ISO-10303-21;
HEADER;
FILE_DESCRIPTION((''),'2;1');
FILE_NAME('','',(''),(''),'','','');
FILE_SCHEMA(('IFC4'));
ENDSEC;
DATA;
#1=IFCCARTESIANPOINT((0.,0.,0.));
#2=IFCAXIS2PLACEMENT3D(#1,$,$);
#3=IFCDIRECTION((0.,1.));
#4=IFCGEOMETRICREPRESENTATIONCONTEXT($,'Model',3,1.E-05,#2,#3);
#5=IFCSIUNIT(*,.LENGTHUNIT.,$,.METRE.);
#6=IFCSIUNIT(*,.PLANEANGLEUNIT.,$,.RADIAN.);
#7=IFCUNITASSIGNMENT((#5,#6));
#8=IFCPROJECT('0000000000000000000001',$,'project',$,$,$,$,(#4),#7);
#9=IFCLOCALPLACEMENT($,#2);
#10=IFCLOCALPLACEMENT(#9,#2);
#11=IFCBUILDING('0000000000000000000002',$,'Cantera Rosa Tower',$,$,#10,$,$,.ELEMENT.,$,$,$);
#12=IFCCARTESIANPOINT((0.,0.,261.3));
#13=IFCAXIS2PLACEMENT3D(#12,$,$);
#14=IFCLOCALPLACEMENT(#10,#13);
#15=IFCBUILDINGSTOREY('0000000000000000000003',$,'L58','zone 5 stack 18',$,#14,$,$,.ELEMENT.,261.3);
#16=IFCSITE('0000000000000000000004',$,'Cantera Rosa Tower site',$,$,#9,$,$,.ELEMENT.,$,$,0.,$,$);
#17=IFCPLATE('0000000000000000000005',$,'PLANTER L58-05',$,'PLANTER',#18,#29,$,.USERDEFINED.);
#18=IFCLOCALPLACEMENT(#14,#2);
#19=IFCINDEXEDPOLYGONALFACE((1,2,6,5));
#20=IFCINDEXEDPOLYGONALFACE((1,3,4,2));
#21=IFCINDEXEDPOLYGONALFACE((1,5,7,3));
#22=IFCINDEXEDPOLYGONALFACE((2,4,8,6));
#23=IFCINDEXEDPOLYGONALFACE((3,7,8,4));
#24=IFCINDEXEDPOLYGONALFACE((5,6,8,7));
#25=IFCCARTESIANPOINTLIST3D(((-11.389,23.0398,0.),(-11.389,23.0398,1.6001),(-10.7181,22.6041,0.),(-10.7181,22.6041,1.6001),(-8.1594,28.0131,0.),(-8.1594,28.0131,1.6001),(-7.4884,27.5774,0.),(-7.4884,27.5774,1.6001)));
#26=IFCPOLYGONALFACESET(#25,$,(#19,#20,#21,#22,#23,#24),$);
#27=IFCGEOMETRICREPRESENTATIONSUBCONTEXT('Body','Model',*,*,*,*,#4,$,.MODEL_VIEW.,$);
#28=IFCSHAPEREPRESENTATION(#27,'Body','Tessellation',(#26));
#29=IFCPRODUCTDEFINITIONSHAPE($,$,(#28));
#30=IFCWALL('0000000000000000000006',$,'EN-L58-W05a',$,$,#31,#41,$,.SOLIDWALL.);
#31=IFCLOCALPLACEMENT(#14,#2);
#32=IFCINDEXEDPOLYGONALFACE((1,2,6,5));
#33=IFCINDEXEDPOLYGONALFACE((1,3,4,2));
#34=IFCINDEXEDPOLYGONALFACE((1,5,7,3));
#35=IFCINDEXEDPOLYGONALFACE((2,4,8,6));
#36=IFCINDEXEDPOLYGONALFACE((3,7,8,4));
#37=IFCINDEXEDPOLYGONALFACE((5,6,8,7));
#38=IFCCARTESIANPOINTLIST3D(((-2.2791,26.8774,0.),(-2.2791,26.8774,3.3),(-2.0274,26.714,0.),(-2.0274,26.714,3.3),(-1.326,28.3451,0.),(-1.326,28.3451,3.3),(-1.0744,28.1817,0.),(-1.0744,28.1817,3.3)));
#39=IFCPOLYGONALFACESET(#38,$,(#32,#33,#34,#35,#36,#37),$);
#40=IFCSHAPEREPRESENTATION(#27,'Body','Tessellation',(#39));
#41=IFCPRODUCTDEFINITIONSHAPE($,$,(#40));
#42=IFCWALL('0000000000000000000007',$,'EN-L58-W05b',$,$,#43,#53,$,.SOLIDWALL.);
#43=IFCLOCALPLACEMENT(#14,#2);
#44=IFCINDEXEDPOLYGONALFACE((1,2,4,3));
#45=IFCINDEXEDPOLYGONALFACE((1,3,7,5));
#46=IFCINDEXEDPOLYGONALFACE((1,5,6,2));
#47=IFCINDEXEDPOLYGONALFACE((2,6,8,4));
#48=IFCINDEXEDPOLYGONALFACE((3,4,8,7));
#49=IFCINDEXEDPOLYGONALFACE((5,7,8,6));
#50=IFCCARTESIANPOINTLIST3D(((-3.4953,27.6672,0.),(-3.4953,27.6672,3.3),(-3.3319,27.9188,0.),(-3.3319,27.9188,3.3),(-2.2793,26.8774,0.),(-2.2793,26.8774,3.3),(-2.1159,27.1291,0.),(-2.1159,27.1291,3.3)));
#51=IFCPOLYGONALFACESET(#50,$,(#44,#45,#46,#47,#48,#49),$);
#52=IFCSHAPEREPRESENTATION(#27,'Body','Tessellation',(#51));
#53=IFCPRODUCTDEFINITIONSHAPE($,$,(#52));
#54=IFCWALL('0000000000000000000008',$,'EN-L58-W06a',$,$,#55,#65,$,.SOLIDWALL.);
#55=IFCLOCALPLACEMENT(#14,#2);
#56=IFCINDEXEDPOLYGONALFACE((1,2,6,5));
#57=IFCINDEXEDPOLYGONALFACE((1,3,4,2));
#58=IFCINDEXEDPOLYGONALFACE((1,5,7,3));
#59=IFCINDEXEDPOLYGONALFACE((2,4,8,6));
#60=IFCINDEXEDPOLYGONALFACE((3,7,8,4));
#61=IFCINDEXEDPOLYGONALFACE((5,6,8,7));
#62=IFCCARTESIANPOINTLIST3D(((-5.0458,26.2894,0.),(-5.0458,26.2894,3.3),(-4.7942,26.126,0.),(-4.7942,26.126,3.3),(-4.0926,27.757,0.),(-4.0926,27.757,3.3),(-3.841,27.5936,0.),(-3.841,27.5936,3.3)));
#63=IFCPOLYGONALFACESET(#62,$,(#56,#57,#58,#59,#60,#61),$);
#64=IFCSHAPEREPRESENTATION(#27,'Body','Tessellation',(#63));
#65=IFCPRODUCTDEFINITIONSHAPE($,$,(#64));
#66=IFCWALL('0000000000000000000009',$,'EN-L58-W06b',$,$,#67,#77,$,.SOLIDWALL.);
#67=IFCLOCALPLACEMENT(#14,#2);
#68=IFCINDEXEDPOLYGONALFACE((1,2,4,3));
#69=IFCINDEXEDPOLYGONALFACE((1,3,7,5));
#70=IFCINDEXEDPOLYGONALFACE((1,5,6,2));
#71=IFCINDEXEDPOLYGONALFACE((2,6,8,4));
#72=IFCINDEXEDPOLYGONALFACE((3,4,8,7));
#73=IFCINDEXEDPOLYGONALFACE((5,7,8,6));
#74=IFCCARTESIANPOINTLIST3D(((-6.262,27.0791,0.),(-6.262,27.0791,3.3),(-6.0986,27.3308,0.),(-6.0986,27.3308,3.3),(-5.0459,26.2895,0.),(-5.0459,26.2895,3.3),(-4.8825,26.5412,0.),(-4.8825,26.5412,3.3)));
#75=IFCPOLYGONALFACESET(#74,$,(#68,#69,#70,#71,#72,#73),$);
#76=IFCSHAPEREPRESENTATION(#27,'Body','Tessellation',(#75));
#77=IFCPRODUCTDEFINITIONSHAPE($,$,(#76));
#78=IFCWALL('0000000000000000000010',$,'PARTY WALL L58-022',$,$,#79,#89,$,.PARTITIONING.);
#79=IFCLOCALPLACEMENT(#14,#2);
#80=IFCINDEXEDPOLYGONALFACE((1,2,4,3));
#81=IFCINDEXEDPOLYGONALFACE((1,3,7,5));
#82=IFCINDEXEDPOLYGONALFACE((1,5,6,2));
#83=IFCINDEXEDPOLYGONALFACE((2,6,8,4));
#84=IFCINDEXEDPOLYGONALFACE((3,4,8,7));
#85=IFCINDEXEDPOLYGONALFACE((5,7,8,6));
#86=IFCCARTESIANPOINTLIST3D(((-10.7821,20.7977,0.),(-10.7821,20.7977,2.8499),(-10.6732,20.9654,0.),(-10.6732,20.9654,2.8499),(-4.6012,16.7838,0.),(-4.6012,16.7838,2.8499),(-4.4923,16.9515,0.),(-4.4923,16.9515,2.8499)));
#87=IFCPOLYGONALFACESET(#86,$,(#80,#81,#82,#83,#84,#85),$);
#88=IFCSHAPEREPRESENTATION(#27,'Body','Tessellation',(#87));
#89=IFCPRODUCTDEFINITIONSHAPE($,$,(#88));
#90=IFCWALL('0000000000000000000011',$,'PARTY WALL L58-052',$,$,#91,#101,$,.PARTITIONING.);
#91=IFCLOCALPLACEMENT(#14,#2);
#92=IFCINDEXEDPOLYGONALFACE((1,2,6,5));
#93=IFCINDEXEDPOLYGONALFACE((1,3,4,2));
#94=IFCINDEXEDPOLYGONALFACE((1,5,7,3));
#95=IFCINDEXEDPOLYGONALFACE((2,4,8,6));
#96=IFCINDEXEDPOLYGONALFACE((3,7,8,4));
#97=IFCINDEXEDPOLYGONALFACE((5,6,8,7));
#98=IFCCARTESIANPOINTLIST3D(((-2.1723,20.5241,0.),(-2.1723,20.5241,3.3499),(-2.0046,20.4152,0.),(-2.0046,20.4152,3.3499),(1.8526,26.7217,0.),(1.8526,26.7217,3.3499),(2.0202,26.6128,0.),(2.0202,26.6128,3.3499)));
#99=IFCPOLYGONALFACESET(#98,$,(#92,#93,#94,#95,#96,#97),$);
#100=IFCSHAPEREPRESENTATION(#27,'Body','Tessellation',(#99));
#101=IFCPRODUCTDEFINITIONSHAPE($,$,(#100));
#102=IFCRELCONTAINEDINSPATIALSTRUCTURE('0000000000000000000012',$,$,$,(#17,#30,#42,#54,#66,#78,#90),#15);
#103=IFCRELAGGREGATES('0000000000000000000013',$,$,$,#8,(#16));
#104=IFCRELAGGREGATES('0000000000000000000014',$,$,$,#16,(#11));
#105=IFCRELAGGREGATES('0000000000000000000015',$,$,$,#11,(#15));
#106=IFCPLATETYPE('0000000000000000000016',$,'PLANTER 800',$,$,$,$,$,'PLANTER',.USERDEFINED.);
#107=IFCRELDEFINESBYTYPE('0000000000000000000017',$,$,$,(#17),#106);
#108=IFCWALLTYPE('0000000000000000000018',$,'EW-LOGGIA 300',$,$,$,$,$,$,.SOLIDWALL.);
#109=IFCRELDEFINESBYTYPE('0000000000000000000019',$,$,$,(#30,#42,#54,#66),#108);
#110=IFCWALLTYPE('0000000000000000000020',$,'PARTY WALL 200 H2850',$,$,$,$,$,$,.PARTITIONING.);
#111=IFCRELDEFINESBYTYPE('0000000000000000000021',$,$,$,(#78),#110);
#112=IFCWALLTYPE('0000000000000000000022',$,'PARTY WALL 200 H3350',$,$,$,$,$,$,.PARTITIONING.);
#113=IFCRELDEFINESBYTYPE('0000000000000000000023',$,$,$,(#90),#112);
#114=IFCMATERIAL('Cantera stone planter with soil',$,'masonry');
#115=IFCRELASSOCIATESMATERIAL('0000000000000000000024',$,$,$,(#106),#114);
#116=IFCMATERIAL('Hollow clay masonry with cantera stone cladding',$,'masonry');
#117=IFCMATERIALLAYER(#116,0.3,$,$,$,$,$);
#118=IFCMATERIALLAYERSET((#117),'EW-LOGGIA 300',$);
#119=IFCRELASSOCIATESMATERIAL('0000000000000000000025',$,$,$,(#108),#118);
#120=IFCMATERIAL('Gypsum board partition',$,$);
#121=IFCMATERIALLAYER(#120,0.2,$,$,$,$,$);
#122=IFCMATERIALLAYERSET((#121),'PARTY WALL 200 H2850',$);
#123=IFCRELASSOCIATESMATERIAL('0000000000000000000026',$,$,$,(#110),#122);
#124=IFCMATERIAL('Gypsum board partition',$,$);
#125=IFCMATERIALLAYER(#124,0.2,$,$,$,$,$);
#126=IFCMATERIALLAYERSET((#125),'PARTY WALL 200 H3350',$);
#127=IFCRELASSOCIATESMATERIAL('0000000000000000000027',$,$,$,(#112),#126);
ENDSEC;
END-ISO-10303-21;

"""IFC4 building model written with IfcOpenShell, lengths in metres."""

from ifc_helpers import new_model, si_unit, direction, frame, frame_2d, origin, origin_2d, place, context, subcontext, project, spatial, rectangle, extrude, material, layer, layer_set, type_object, element, save


model = new_model("IFC4")

# Units and contexts
model_context = context("Model", 3, precision=1e-05, world=origin(), true_north=direction((0.0, 1.0)))
body_context = subcontext(model_context, "Body", "Model", "MODEL_VIEW")
ifc_project = project(units=[si_unit("LENGTHUNIT", "METRE"), si_unit("PLANEANGLEUNIT", "RADIAN")], contexts=[model_context])

# Site, building, storey
site_placement = place(None, origin())
site = spatial("IfcSite", under=ifc_project, at=site_placement, Name="Cantera Rosa Tower site", CompositionType="ELEMENT", RefElevation=0.0)
building_placement = place(site_placement, origin())
building = spatial("IfcBuilding", under=site, at=building_placement, Name="Cantera Rosa Tower", CompositionType="ELEMENT")
storey_placement = place(building_placement, frame((0.0, 0.0, 261.3)))
storey = spatial("IfcBuildingStorey", under=building, at=storey_placement, Name="L58", Description="zone 5 stack 18", CompositionType="ELEMENT", Elevation=261.3)

# Plate
ifc_material_1 = material(Name="Cantera stone planter with soil", Category="masonry")
plate_type = type_object("IfcPlateType", Name="PLANTER 800", ElementType="PLANTER", PredefinedType="USERDEFINED", material=ifc_material_1)
plate_placement = place(storey_placement, frame((-9.4387, 25.3086, 0.0), z_axis=(0.0, 0.0, 1.0), x_axis=(-0.544639, -0.838671, 0.0)))
element("IfcPlate", 1, at=plate_placement, inside=storey, type_object=plate_type, Name="PLANTER L58-05", ObjectType="PLANTER", PredefinedType="USERDEFINED", context=body_context, shape_type="SweptSolid", body=[
    extrude(rectangle(XDim=5.9299, YDim=0.8, at=origin_2d()), origin(), (0.0, 0.0, 1.0), 1.6001),
])

# Walls
ifc_material_2 = material(Name="Hollow clay masonry with cantera stone cladding", Category="masonry")
ifc_layer_1 = layer(ifc_material_2, 0.3)
ifc_layer_set_1 = layer_set([ifc_layer_1], Name="EW-LOGGIA 300")
wall_type_1 = type_object("IfcWallType", Name="EW-LOGGIA 300", PredefinedType="SOLIDWALL", material=ifc_layer_set_1)
wall_1_placement = place(storey_placement, frame((-1.2002, 28.2634, 0.0), z_axis=(0.0, 0.0, 1.0), x_axis=(-0.544616, -0.838686, 0.0)))
element("IfcWall", 2, at=wall_1_placement, inside=storey, type_object=wall_type_1, Name="EN-L58-W05a", PredefinedType="SOLIDWALL", context=body_context, shape_type="SweptSolid", body=[
    extrude(rectangle(XDim=1.75, YDim=0.3, at=frame_2d((0.875, 0.0))), origin(), (0.0, 0.0, 1.0), 3.3),
])
wall_2_placement = place(storey_placement, frame((-2.1975, 27.0032, 0.0), z_axis=(0.0, 0.0, 1.0), x_axis=(-0.838647, 0.544675, 0.0)))
element("IfcWall", 3, at=wall_2_placement, inside=storey, type_object=wall_type_1, Name="EN-L58-W05b", PredefinedType="SOLIDWALL", context=body_context, shape_type="SweptSolid", body=[
    extrude(rectangle(XDim=1.45, YDim=0.3, at=frame_2d((0.7251, 0.0))), origin(), (0.0, 0.0, 1.0), 3.3),
])
wall_3_placement = place(storey_placement, frame((-3.9668, 27.6753, 0.0), z_axis=(0.0, 0.0, 1.0), x_axis=(-0.544679, -0.838644, 0.0)))
element("IfcWall", 4, at=wall_3_placement, inside=storey, type_object=wall_type_1, Name="EN-L58-W06a", PredefinedType="SOLIDWALL", context=body_context, shape_type="SweptSolid", body=[
    extrude(rectangle(XDim=1.75, YDim=0.3, at=frame_2d((0.875, 0.0))), origin(), (0.0, 0.0, 1.0), 3.3),
])
wall_4_placement = place(storey_placement, frame((-4.9641, 26.4153, 0.0), z_axis=(0.0, 0.0, 1.0), x_axis=(-0.838724, 0.544556, 0.0)))
element("IfcWall", 5, at=wall_4_placement, inside=storey, type_object=wall_type_1, Name="EN-L58-W06b", PredefinedType="SOLIDWALL", context=body_context, shape_type="SweptSolid", body=[
    extrude(rectangle(XDim=1.45, YDim=0.3, at=frame_2d((0.7251, 0.0))), origin(), (0.0, 0.0, 1.0), 3.3),
])

# Walls
ifc_material_3 = material(Name="Gypsum board partition")
ifc_layer_2 = layer(ifc_material_3, 0.2)
ifc_layer_set_2 = layer_set([ifc_layer_2], Name="PARTY WALL 200 H2850")
wall_type_2 = type_object("IfcWallType", Name="PARTY WALL 200 H2850", PredefinedType="PARTITIONING", material=ifc_layer_set_2)
wall_5_placement = place(storey_placement, frame((-10.7278, 20.8816, 0.0), z_axis=(0.0, 0.0, 1.0), x_axis=(0.838671, -0.544638, 0.0)))
element("IfcWall", 6, at=wall_5_placement, inside=storey, type_object=wall_type_2, Name="PARTY WALL L58-022", PredefinedType="PARTITIONING", context=body_context, shape_type="SweptSolid", body=[
    extrude(rectangle(XDim=7.3699, YDim=0.2, at=frame_2d((3.6851, 0.0))), origin(), (0.0, 0.0, 1.0), 2.8499),
])
ifc_material_4 = material(Name="Gypsum board partition")
ifc_layer_3 = layer(ifc_material_4, 0.2)
ifc_layer_set_3 = layer_set([ifc_layer_3], Name="PARTY WALL 200 H3350")
wall_type_3 = type_object("IfcWallType", Name="PARTY WALL 200 H3350", PredefinedType="PARTITIONING", material=ifc_layer_set_3)
wall_6_placement = place(storey_placement, frame((-2.0884, 20.4697, 0.0), z_axis=(0.0, 0.0, 1.0), x_axis=(0.544642, 0.838668, 0.0)))
element("IfcWall", 7, at=wall_6_placement, inside=storey, type_object=wall_type_3, Name="PARTY WALL L58-052", PredefinedType="PARTITIONING", context=body_context, shape_type="SweptSolid", body=[
    extrude(rectangle(XDim=7.3899, YDim=0.2, at=frame_2d((3.6948, 0.0))), origin(), (0.0, 0.0, 1.0), 3.3499),
])

save(model, "model.ifc")
